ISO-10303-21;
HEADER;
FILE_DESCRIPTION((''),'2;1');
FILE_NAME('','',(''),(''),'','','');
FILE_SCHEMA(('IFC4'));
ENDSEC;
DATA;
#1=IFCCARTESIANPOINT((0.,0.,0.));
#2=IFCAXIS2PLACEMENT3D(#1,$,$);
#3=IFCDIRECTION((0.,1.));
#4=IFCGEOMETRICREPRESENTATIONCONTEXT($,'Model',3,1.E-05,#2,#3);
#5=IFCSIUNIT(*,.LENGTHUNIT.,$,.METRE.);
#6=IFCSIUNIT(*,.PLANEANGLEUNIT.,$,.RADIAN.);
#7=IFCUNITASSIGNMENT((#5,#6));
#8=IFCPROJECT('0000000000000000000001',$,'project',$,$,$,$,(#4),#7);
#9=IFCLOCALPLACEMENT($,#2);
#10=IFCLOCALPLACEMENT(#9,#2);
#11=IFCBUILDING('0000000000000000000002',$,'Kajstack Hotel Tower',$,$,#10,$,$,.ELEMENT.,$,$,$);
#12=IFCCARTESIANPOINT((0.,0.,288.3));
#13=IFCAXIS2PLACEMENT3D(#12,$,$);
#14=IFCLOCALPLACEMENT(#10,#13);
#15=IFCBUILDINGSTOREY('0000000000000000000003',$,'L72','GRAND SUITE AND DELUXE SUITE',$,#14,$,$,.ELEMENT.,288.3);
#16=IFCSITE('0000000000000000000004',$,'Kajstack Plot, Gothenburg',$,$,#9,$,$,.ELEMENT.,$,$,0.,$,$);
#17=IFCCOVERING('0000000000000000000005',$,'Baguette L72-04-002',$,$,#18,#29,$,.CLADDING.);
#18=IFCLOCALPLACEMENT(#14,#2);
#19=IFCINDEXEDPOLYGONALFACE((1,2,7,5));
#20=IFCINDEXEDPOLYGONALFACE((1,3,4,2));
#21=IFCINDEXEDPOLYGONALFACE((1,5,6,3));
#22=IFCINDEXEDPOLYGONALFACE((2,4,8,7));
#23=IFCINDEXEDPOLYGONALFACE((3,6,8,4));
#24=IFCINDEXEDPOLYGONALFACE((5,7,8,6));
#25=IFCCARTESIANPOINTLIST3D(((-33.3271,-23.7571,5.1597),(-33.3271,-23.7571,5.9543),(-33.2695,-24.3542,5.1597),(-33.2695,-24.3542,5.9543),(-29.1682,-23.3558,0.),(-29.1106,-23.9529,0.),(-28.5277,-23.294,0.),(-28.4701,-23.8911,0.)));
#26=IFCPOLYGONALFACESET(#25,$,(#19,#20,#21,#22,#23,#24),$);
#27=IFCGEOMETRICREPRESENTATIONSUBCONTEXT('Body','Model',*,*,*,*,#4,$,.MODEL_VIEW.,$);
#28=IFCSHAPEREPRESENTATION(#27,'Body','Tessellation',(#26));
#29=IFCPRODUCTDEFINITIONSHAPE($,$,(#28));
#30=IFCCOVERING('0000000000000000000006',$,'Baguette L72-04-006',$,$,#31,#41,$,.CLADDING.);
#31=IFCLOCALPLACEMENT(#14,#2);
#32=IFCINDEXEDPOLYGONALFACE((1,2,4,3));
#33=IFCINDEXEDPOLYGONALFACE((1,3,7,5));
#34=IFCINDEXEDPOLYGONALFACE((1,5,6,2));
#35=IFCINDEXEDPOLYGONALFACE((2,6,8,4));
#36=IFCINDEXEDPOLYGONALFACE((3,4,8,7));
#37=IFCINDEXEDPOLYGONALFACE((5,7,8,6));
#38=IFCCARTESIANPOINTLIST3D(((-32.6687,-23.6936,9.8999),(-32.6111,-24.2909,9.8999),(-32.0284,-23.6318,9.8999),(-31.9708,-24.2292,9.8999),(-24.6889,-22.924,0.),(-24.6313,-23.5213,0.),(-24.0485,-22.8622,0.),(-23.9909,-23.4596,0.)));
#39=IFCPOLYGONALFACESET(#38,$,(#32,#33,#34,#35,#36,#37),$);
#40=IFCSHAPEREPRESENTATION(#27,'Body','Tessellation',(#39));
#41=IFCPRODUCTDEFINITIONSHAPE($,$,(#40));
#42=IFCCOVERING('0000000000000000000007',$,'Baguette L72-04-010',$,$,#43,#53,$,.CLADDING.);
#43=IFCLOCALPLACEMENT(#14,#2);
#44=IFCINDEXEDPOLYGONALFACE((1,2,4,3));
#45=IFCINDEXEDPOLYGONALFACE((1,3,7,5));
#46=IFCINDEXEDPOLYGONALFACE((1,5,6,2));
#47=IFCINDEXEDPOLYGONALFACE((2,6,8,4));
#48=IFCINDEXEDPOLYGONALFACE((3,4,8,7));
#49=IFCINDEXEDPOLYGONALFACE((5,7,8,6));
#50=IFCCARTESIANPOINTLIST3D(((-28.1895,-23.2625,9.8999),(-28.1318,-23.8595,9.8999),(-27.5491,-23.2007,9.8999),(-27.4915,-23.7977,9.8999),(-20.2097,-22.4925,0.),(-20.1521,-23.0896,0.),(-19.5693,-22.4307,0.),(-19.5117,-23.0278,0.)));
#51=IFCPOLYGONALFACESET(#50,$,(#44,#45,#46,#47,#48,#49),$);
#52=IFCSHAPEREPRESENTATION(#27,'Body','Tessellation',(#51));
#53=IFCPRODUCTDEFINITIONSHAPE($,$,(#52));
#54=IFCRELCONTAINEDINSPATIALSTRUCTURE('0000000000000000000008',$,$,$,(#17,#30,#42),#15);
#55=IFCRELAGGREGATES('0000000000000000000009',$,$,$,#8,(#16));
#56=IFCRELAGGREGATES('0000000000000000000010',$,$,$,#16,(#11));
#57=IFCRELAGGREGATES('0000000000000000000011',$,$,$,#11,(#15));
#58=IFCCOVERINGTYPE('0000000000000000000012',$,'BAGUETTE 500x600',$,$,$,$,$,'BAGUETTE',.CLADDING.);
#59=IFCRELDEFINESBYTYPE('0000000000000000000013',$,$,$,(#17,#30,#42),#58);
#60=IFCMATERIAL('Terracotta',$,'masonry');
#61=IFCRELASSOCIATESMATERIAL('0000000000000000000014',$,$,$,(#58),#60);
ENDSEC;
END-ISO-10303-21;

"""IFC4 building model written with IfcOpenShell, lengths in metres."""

from ifc_helpers import new_model, si_unit, direction, frame, origin, origin_2d, place, context, subcontext, project, spatial, polyline, rectangle, outline, extrude, material, material_profile, profile_set, type_object, element, save


model = new_model("IFC4")

# Units and contexts
model_context = context("Model", 3, precision=1e-05, world=origin(), true_north=direction((0.0, 1.0)))
body_context = subcontext(model_context, "Body", "Model", "MODEL_VIEW")
ifc_project = project(units=[si_unit("LENGTHUNIT", "METRE"), si_unit("PLANEANGLEUNIT", "RADIAN")], contexts=[model_context])

# Site, building, storey
site_placement = place(None, origin())
site = spatial("IfcSite", under=ifc_project, at=site_placement, Name="Kajstack Plot, Gothenburg", CompositionType="ELEMENT", RefElevation=0.0)
building_placement = place(site_placement, origin())
building = spatial("IfcBuilding", under=site, at=building_placement, Name="Kajstack Hotel Tower", CompositionType="ELEMENT")
storey_placement = place(building_placement, frame((0.0, 0.0, 288.3)))
storey = spatial("IfcBuildingStorey", under=building, at=storey_placement, Name="L72", Description="GRAND SUITE AND DELUXE SUITE", CompositionType="ELEMENT", Elevation=288.3)

# Coverings
ifc_material_1 = material(Name="Terracotta", Category="masonry")
ifc_material_profile = material_profile(ifc_material_1, rectangle(XDim=0.6001, YDim=0.5, at=origin_2d()), Name="Terracotta-clad concrete baguette 500 x 600")
ifc_profile_set = profile_set([ifc_material_profile], Name="Terracotta")
covering_type = type_object("IfcCoveringType", Name="BAGUETTE 500x600", ElementType="BAGUETTE", PredefinedType="CLADDING", material=ifc_profile_set)
covering_1_placement = place(storey_placement, frame((-33.3271, -23.7571, 0.0), z_axis=(0.096038, -0.995378, 0.0), x_axis=(0.995378, 0.096038, 0.0)))
element("IfcCovering", 1, at=covering_1_placement, inside=storey, type_object=covering_type, Name="Baguette L72-04-002", PredefinedType="CLADDING", context=body_context, shape_type="SweptSolid", body=[
    extrude(outline(polyline([(4.8218, 0.0), (0.0, 5.9543), (0.0, 5.1597), (4.1782, 0.0), (4.8218, 0.0)])), origin(), (0.0, 0.0, 1.0), 0.5999),
])
covering_2_placement = place(storey_placement, frame((-32.6687, -23.6936, 0.0), z_axis=(0.095999, -0.995381, 0.0), x_axis=(0.995381, 0.095999, 0.0)))
element("IfcCovering", 2, at=covering_2_placement, inside=storey, type_object=covering_type, Name="Baguette L72-04-006", PredefinedType="CLADDING", context=body_context, shape_type="SweptSolid", body=[
    extrude(outline(polyline([(0.0, 9.8999), (8.0168, 0.0), (8.6602, 0.0), (0.6433, 9.8999), (0.0, 9.8999)])), origin(), (0.0, 0.0, 1.0), 0.6001),
])
covering_3_placement = place(storey_placement, frame((-28.1895, -23.2625, 0.0), z_axis=(0.096038, -0.995378, 0.0), x_axis=(0.995378, 0.096038, 0.0)))
element("IfcCovering", 3, at=covering_3_placement, inside=storey, type_object=covering_type, Name="Baguette L72-04-010", PredefinedType="CLADDING", context=body_context, shape_type="SweptSolid", body=[
    extrude(outline(polyline([(0.0, 9.8999), (8.0168, 0.0), (8.6602, 0.0), (0.6433, 9.8999), (0.0, 9.8999)])), origin(), (0.0, 0.0, 1.0), 0.5999),
])

save(model, "model.ifc")
